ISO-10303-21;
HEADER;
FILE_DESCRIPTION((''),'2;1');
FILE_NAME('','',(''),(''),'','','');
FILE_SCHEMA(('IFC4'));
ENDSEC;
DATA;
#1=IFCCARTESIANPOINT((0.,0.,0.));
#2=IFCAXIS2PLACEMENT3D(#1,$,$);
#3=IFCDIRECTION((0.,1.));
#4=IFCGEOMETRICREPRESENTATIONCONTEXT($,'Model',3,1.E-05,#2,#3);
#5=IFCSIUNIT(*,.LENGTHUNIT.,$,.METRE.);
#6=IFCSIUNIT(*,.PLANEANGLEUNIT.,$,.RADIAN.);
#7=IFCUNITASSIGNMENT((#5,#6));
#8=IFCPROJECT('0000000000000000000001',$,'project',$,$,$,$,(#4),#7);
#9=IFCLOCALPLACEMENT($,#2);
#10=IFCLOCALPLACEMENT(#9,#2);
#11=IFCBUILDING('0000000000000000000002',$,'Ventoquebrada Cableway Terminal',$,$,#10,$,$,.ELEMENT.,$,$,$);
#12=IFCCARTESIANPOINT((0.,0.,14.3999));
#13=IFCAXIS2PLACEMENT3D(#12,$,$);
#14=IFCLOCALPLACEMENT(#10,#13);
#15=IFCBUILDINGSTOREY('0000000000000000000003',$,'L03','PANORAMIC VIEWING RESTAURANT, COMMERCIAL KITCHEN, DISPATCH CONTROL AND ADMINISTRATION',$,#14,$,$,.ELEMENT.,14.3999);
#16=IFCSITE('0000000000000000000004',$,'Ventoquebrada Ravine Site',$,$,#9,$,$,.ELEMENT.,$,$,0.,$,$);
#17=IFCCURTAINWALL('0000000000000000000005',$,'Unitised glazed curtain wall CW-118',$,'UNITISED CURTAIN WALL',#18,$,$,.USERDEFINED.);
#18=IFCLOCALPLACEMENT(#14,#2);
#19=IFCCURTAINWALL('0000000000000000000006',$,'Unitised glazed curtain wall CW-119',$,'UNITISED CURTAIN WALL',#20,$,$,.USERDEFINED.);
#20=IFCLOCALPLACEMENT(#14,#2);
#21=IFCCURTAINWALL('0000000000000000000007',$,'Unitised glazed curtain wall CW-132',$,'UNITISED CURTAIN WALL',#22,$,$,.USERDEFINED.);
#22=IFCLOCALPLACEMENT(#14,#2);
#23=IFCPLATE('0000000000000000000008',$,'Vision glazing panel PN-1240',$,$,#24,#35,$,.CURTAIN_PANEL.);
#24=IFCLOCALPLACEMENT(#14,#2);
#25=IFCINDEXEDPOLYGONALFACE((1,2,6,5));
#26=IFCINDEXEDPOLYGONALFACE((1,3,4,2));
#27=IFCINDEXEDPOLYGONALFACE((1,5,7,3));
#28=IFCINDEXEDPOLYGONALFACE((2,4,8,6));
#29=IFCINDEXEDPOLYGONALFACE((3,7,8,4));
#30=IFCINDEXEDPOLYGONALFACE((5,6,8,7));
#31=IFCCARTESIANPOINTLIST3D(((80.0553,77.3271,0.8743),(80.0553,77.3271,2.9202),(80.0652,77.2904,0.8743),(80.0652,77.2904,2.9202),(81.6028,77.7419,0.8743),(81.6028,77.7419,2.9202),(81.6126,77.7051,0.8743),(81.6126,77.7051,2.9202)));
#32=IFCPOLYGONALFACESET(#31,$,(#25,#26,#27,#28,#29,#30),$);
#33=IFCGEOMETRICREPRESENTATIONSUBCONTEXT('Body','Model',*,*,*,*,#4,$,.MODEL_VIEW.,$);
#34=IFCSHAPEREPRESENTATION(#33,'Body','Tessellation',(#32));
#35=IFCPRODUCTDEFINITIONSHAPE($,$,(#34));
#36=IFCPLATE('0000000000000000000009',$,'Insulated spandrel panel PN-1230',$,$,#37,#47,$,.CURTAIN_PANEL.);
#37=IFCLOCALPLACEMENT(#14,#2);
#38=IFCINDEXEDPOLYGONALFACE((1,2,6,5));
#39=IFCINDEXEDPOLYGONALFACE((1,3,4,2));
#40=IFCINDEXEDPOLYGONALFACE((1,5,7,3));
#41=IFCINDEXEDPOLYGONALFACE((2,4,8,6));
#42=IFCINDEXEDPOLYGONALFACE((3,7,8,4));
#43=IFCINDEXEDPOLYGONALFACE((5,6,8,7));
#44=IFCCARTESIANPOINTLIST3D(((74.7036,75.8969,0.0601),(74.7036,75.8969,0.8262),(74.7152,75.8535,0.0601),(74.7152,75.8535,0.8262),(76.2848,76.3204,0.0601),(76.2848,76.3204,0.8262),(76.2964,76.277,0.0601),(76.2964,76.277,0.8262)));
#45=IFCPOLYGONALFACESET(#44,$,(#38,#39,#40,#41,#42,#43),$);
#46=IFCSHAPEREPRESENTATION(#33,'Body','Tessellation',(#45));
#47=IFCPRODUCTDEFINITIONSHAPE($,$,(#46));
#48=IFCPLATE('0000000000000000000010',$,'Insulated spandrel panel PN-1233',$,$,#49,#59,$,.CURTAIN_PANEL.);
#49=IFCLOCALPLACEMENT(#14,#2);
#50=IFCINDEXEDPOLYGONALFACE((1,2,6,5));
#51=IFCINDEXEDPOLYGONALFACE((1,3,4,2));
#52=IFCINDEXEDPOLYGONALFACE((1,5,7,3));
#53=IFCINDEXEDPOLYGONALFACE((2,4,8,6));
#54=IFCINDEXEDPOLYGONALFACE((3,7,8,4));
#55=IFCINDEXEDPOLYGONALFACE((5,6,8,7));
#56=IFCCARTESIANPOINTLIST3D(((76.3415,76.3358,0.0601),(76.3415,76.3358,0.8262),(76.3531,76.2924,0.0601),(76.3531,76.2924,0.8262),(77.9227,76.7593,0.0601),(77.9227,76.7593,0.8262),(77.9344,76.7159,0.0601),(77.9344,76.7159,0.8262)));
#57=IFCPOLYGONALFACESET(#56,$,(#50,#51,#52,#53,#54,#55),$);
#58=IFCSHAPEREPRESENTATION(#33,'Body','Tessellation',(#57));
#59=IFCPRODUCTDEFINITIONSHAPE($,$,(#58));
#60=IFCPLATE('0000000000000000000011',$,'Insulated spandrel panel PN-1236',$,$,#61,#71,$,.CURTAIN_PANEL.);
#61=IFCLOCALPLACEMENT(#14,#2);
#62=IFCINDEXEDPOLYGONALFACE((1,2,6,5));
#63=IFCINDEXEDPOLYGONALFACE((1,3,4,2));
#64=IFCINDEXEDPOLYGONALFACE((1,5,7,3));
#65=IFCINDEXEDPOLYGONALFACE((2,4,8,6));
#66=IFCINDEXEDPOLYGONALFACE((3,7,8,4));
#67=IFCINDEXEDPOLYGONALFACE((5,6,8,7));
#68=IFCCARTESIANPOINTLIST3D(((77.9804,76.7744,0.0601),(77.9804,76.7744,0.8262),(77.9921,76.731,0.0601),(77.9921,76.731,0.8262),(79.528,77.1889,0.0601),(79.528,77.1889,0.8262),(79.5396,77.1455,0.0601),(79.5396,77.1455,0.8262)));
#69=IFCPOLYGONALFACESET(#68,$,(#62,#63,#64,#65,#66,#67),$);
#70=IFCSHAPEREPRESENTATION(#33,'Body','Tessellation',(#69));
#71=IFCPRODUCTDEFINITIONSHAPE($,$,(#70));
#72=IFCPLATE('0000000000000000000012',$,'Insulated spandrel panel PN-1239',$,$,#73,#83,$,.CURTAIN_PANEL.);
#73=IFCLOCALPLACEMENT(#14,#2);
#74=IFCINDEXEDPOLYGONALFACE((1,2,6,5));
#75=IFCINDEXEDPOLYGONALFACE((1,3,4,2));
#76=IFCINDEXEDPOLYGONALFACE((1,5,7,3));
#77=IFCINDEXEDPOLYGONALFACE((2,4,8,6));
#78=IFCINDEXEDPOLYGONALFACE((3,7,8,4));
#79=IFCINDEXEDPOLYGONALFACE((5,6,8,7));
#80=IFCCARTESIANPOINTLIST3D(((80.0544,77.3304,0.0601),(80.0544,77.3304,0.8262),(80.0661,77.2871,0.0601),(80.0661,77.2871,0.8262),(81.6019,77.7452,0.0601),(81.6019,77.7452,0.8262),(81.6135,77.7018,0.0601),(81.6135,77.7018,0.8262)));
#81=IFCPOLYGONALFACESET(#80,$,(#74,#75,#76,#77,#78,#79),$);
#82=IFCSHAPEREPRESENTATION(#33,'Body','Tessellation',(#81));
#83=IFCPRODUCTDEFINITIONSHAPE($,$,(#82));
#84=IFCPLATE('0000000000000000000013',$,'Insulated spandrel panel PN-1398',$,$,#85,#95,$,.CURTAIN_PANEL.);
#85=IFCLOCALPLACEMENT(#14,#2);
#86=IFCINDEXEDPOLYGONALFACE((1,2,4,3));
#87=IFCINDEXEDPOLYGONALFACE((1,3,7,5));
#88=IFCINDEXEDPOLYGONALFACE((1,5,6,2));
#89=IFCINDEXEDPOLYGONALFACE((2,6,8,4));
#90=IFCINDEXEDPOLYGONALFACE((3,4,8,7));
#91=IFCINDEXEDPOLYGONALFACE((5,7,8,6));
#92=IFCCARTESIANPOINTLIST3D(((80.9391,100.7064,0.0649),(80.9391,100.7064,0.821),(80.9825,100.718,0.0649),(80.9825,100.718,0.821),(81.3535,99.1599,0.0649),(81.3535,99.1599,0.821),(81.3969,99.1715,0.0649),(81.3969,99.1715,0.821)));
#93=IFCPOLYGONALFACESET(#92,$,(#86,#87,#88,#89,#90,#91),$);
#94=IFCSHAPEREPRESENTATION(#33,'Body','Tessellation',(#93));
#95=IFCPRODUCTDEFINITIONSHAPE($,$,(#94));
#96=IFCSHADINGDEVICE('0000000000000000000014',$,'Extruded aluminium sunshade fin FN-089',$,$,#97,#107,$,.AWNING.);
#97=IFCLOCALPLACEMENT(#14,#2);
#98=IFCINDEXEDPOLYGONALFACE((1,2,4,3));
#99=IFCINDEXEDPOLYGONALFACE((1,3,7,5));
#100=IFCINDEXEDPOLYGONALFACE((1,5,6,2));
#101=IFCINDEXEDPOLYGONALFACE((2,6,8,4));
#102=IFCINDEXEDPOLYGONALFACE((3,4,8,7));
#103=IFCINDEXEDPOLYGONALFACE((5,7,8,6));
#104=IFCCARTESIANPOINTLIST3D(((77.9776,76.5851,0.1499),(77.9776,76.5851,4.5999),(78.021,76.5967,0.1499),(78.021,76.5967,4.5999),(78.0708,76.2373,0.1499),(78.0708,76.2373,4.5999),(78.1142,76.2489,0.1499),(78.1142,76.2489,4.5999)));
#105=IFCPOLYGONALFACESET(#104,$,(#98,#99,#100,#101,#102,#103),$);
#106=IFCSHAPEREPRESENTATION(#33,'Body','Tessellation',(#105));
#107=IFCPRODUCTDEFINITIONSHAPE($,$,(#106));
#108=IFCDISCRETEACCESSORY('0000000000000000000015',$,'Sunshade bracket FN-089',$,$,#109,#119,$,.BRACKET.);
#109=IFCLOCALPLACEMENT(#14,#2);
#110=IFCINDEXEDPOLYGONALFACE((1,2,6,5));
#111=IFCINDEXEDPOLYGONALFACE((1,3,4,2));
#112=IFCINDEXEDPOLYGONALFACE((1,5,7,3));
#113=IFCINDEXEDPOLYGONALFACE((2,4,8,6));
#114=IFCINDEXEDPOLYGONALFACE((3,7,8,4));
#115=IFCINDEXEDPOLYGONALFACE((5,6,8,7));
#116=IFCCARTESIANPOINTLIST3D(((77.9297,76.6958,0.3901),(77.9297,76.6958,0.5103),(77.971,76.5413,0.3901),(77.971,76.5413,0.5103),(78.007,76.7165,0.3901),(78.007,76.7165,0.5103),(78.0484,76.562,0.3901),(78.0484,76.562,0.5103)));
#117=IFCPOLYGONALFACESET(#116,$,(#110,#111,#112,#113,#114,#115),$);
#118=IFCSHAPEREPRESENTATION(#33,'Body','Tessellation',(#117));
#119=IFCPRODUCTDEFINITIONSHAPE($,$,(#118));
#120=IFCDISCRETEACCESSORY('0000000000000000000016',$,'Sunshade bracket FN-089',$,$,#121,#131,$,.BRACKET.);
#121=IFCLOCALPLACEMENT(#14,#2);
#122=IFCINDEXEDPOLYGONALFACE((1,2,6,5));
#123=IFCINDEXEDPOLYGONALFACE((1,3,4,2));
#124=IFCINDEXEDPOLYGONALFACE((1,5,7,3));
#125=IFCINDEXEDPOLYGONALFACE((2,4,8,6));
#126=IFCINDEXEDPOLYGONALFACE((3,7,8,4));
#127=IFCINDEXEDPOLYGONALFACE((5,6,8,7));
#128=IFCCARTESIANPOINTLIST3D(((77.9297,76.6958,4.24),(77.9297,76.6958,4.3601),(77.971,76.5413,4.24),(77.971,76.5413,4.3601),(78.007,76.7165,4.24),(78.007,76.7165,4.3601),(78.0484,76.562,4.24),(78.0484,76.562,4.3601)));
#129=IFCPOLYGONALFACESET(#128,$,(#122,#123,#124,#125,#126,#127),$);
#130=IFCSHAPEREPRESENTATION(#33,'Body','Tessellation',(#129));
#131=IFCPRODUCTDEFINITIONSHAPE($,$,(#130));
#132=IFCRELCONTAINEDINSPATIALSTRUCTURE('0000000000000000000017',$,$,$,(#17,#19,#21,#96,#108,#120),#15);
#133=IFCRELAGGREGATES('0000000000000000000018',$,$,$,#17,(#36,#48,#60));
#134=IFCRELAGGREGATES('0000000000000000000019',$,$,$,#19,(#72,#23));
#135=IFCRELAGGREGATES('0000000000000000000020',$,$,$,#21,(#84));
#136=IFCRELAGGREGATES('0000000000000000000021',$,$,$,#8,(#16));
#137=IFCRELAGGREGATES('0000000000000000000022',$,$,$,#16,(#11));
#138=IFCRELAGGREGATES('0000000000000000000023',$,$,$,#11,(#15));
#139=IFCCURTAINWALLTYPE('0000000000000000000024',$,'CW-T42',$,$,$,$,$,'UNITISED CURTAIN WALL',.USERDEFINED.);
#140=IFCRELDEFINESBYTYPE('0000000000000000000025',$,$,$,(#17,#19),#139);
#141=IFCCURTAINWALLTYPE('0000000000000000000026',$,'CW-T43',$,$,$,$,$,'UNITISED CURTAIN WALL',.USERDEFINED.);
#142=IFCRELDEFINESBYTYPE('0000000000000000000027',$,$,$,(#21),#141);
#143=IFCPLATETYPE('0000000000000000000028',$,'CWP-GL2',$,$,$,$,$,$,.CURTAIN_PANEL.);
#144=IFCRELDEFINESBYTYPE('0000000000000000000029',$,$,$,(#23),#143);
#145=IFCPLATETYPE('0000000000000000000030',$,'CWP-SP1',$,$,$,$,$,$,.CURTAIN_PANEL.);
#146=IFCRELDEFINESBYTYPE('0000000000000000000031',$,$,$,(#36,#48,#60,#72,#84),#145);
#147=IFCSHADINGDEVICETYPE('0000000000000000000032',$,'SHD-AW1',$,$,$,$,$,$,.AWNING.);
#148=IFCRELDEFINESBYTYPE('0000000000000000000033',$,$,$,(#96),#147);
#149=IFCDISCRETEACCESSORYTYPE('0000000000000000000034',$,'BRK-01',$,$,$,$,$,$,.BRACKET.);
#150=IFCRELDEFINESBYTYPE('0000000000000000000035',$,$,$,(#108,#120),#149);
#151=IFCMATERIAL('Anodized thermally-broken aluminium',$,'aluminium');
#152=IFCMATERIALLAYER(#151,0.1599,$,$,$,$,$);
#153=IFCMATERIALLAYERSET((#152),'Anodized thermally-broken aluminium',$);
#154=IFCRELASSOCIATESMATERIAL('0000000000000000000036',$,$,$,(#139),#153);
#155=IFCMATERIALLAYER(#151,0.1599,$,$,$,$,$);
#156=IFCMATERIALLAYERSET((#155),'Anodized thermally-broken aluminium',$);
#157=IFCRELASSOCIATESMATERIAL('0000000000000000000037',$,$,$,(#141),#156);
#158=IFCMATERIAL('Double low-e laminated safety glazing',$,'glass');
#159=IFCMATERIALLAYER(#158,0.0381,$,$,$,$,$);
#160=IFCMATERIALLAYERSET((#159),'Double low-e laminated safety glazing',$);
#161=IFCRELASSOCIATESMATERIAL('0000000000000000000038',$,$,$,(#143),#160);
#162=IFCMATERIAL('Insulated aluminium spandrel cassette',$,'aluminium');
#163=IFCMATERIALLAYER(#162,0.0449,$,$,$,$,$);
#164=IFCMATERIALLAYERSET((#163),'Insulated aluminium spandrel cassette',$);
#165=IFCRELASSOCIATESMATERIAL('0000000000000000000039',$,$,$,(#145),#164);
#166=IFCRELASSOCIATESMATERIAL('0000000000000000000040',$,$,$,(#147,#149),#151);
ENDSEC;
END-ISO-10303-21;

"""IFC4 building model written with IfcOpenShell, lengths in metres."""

from ifc_helpers import new_model, si_unit, direction, frame, origin, origin_2d, place, context, subcontext, project, spatial, rectangle, extrude, material, layer, layer_set, type_object, element, aggregate, save


model = new_model("IFC4")

# Units and contexts
model_context = context("Model", 3, precision=1e-05, world=origin(), true_north=direction((0.0, 1.0)))
body_context = subcontext(model_context, "Body", "Model", "MODEL_VIEW")
ifc_project = project(units=[si_unit("LENGTHUNIT", "METRE"), si_unit("PLANEANGLEUNIT", "RADIAN")], contexts=[model_context])

# Site, building, storey
site_placement = place(None, origin())
site = spatial("IfcSite", under=ifc_project, at=site_placement, Name="Ventoquebrada Ravine Site", CompositionType="ELEMENT", RefElevation=0.0)
building_placement = place(site_placement, origin())
building = spatial("IfcBuilding", under=site, at=building_placement, Name="Ventoquebrada Cableway Terminal", CompositionType="ELEMENT")
storey_placement = place(building_placement, frame((0.0, 0.0, 14.3999)))
storey = spatial("IfcBuildingStorey", under=building, at=storey_placement, Name="L03", Description="PANORAMIC VIEWING RESTAURANT, COMMERCIAL KITCHEN, DISPATCH CONTROL AND ADMINISTRATION", CompositionType="ELEMENT", Elevation=14.3999)

# Curtain wall
ifc_material_1 = material(Name="Anodized thermally-broken aluminium", Category="aluminium")
ifc_layer_1 = layer(ifc_material_1, 0.1599)
ifc_layer_set_1 = layer_set([ifc_layer_1], Name="Anodized thermally-broken aluminium")
curtain_wall_type_1 = type_object("IfcCurtainWallType", Name="CW-T42", ElementType="UNITISED CURTAIN WALL", PredefinedType="USERDEFINED", material=ifc_layer_set_1)
curtain_wall_1_placement = place(storey_placement, origin())
curtain_wall_1 = element("IfcCurtainWall", 1, at=curtain_wall_1_placement, inside=storey, type_object=curtain_wall_type_1, Name="Unitised glazed curtain wall CW-118", ObjectType="UNITISED CURTAIN WALL", PredefinedType="USERDEFINED")

# Curtain walls
curtain_wall_2_placement = place(storey_placement, origin())
curtain_wall_2 = element("IfcCurtainWall", 2, at=curtain_wall_2_placement, inside=storey, type_object=curtain_wall_type_1, Name="Unitised glazed curtain wall CW-119", ObjectType="UNITISED CURTAIN WALL", PredefinedType="USERDEFINED")
ifc_layer_2 = layer(ifc_material_1, 0.1599)
ifc_layer_set_2 = layer_set([ifc_layer_2], Name="Anodized thermally-broken aluminium")
curtain_wall_type_2 = type_object("IfcCurtainWallType", Name="CW-T43", ElementType="UNITISED CURTAIN WALL", PredefinedType="USERDEFINED", material=ifc_layer_set_2)
curtain_wall_3_placement = place(storey_placement, origin())
curtain_wall_3 = element("IfcCurtainWall", 3, at=curtain_wall_3_placement, inside=storey, type_object=curtain_wall_type_2, Name="Unitised glazed curtain wall CW-132", ObjectType="UNITISED CURTAIN WALL", PredefinedType="USERDEFINED")

# Plates
ifc_material_2 = material(Name="Double low-e laminated safety glazing", Category="glass")
ifc_layer_3 = layer(ifc_material_2, 0.0381)
ifc_layer_set_3 = layer_set([ifc_layer_3], Name="Double low-e laminated safety glazing")
plate_type_1 = type_object("IfcPlateType", Name="CWP-GL2", PredefinedType="CURTAIN_PANEL", material=ifc_layer_set_3)
plate_1_placement = place(storey_placement, frame((80.834, 77.5161, 0.8743), z_axis=(0.0, 0.0, 1.0), x_axis=(0.965912, 0.25887, 0.0)))
plate_1 = element("IfcPlate", 4, at=plate_1_placement, type_object=plate_type_1, Name="Vision glazing panel PN-1240", PredefinedType="CURTAIN_PANEL", context=body_context, shape_type="SweptSolid", body=[
    extrude(rectangle(XDim=1.6021, YDim=0.0381, at=origin_2d()), origin(), (0.0, 0.0, 1.0), 2.0459),
])
ifc_material_3 = material(Name="Insulated aluminium spandrel cassette", Category="aluminium")
ifc_layer_4 = layer(ifc_material_3, 0.0449)
ifc_layer_set_4 = layer_set([ifc_layer_4], Name="Insulated aluminium spandrel cassette")
plate_type_2 = type_object("IfcPlateType", Name="CWP-SP1", PredefinedType="CURTAIN_PANEL", material=ifc_layer_set_4)
plate_2_placement = place(storey_placement, frame((75.5, 76.0869, 0.0601), z_axis=(0.0, 0.0, 1.0), x_axis=(0.965957, 0.258701, 0.0)))
plate_2 = element("IfcPlate", 5, at=plate_2_placement, type_object=plate_type_2, Name="Insulated spandrel panel PN-1230", PredefinedType="CURTAIN_PANEL", context=body_context, shape_type="SweptSolid", body=[
    extrude(rectangle(XDim=1.637, YDim=0.0449, at=origin_2d()), origin(), (0.0, 0.0, 1.0), 0.7661),
])
plate_3_placement = place(storey_placement, frame((77.1379, 76.5259, 0.0601), z_axis=(0.0, 0.0, 1.0), x_axis=(0.965957, 0.258701, 0.0)))
plate_3 = element("IfcPlate", 6, at=plate_3_placement, type_object=plate_type_2, Name="Insulated spandrel panel PN-1233", PredefinedType="CURTAIN_PANEL", context=body_context, shape_type="SweptSolid", body=[
    extrude(rectangle(XDim=1.637, YDim=0.0449, at=origin_2d()), origin(), (0.0, 0.0, 1.0), 0.7661),
])
plate_4_placement = place(storey_placement, frame((78.76, 76.96, 0.0601), z_axis=(0.0, 0.0, 1.0), x_axis=(0.965957, 0.258701, 0.0)))
plate_4 = element("IfcPlate", 7, at=plate_4_placement, type_object=plate_type_2, Name="Insulated spandrel panel PN-1236", PredefinedType="CURTAIN_PANEL", context=body_context, shape_type="SweptSolid", body=[
    extrude(rectangle(XDim=1.6021, YDim=0.0449, at=origin_2d()), origin(), (0.0, 0.0, 1.0), 0.7661),
])
aggregate(curtain_wall_1, [plate_2, plate_3, plate_4])
plate_5_placement = place(storey_placement, frame((80.834, 77.5161, 0.0601), z_axis=(0.0, 0.0, 1.0), x_axis=(0.965912, 0.25887, 0.0)))
plate_5 = element("IfcPlate", 8, at=plate_5_placement, type_object=plate_type_2, Name="Insulated spandrel panel PN-1239", PredefinedType="CURTAIN_PANEL", context=body_context, shape_type="SweptSolid", body=[
    extrude(rectangle(XDim=1.6021, YDim=0.0449, at=origin_2d()), origin(), (0.0, 0.0, 1.0), 0.7661),
])
aggregate(curtain_wall_2, [plate_5, plate_1])
plate_6_placement = place(storey_placement, frame((81.168, 99.939, 0.0649), z_axis=(0.0, 0.0, 1.0), x_axis=(-0.258836, 0.965921, 0.0)))
plate_6 = element("IfcPlate", 9, at=plate_6_placement, type_object=plate_type_2, Name="Insulated spandrel panel PN-1398", PredefinedType="CURTAIN_PANEL", context=body_context, shape_type="SweptSolid", body=[
    extrude(rectangle(XDim=1.6011, YDim=0.0449, at=origin_2d()), origin(), (0.0, 0.0, 1.0), 0.7561),
])
aggregate(curtain_wall_3, [plate_6])

# Shading device
shading_device_type = type_object("IfcShadingDeviceType", Name="SHD-AW1", PredefinedType="AWNING", material=ifc_material_1)
shading_device_placement = place(storey_placement, frame((78.0459, 76.417, 0.1499), z_axis=(0.0, 0.0, 1.0), x_axis=(0.965957, 0.258701, 0.0)))
element("IfcShadingDevice", 10, at=shading_device_placement, inside=storey, type_object=shading_device_type, Name="Extruded aluminium sunshade fin FN-089", PredefinedType="AWNING", context=body_context, shape_type="SweptSolid", body=[
    extrude(rectangle(XDim=0.0449, YDim=0.3601, at=origin_2d()), origin(), (0.0, 0.0, 1.0), 4.45),
])

# Discrete accessories
discrete_accessory_type = type_object("IfcDiscreteAccessoryType", Name="BRK-01", PredefinedType="BRACKET", material=ifc_material_1)
for number, where, z_axis, x_axis, name in (
    (11, (77.989, 76.6289, 0.3901), (0.0, 0.0, 1.0), (0.965957, 0.258701, 0.0), "Sunshade bracket FN-089"),
    (12, (77.989, 76.6289, 4.24), (0.0, 0.0, 1.0), (0.965957, 0.258701, 0.0), "Sunshade bracket FN-089"),
):
    element("IfcDiscreteAccessory", number, at=place(storey_placement, frame(where, z_axis=z_axis, x_axis=x_axis)), inside=storey, type_object=discrete_accessory_type, Name=name, PredefinedType="BRACKET", context=body_context, shape_type="SweptSolid", body=[
        extrude(rectangle(XDim=0.0801, YDim=0.1599, at=origin_2d()), origin(), (0.0, 0.0, 1.0), 0.1201),
    ])

save(model, "model.ifc")
